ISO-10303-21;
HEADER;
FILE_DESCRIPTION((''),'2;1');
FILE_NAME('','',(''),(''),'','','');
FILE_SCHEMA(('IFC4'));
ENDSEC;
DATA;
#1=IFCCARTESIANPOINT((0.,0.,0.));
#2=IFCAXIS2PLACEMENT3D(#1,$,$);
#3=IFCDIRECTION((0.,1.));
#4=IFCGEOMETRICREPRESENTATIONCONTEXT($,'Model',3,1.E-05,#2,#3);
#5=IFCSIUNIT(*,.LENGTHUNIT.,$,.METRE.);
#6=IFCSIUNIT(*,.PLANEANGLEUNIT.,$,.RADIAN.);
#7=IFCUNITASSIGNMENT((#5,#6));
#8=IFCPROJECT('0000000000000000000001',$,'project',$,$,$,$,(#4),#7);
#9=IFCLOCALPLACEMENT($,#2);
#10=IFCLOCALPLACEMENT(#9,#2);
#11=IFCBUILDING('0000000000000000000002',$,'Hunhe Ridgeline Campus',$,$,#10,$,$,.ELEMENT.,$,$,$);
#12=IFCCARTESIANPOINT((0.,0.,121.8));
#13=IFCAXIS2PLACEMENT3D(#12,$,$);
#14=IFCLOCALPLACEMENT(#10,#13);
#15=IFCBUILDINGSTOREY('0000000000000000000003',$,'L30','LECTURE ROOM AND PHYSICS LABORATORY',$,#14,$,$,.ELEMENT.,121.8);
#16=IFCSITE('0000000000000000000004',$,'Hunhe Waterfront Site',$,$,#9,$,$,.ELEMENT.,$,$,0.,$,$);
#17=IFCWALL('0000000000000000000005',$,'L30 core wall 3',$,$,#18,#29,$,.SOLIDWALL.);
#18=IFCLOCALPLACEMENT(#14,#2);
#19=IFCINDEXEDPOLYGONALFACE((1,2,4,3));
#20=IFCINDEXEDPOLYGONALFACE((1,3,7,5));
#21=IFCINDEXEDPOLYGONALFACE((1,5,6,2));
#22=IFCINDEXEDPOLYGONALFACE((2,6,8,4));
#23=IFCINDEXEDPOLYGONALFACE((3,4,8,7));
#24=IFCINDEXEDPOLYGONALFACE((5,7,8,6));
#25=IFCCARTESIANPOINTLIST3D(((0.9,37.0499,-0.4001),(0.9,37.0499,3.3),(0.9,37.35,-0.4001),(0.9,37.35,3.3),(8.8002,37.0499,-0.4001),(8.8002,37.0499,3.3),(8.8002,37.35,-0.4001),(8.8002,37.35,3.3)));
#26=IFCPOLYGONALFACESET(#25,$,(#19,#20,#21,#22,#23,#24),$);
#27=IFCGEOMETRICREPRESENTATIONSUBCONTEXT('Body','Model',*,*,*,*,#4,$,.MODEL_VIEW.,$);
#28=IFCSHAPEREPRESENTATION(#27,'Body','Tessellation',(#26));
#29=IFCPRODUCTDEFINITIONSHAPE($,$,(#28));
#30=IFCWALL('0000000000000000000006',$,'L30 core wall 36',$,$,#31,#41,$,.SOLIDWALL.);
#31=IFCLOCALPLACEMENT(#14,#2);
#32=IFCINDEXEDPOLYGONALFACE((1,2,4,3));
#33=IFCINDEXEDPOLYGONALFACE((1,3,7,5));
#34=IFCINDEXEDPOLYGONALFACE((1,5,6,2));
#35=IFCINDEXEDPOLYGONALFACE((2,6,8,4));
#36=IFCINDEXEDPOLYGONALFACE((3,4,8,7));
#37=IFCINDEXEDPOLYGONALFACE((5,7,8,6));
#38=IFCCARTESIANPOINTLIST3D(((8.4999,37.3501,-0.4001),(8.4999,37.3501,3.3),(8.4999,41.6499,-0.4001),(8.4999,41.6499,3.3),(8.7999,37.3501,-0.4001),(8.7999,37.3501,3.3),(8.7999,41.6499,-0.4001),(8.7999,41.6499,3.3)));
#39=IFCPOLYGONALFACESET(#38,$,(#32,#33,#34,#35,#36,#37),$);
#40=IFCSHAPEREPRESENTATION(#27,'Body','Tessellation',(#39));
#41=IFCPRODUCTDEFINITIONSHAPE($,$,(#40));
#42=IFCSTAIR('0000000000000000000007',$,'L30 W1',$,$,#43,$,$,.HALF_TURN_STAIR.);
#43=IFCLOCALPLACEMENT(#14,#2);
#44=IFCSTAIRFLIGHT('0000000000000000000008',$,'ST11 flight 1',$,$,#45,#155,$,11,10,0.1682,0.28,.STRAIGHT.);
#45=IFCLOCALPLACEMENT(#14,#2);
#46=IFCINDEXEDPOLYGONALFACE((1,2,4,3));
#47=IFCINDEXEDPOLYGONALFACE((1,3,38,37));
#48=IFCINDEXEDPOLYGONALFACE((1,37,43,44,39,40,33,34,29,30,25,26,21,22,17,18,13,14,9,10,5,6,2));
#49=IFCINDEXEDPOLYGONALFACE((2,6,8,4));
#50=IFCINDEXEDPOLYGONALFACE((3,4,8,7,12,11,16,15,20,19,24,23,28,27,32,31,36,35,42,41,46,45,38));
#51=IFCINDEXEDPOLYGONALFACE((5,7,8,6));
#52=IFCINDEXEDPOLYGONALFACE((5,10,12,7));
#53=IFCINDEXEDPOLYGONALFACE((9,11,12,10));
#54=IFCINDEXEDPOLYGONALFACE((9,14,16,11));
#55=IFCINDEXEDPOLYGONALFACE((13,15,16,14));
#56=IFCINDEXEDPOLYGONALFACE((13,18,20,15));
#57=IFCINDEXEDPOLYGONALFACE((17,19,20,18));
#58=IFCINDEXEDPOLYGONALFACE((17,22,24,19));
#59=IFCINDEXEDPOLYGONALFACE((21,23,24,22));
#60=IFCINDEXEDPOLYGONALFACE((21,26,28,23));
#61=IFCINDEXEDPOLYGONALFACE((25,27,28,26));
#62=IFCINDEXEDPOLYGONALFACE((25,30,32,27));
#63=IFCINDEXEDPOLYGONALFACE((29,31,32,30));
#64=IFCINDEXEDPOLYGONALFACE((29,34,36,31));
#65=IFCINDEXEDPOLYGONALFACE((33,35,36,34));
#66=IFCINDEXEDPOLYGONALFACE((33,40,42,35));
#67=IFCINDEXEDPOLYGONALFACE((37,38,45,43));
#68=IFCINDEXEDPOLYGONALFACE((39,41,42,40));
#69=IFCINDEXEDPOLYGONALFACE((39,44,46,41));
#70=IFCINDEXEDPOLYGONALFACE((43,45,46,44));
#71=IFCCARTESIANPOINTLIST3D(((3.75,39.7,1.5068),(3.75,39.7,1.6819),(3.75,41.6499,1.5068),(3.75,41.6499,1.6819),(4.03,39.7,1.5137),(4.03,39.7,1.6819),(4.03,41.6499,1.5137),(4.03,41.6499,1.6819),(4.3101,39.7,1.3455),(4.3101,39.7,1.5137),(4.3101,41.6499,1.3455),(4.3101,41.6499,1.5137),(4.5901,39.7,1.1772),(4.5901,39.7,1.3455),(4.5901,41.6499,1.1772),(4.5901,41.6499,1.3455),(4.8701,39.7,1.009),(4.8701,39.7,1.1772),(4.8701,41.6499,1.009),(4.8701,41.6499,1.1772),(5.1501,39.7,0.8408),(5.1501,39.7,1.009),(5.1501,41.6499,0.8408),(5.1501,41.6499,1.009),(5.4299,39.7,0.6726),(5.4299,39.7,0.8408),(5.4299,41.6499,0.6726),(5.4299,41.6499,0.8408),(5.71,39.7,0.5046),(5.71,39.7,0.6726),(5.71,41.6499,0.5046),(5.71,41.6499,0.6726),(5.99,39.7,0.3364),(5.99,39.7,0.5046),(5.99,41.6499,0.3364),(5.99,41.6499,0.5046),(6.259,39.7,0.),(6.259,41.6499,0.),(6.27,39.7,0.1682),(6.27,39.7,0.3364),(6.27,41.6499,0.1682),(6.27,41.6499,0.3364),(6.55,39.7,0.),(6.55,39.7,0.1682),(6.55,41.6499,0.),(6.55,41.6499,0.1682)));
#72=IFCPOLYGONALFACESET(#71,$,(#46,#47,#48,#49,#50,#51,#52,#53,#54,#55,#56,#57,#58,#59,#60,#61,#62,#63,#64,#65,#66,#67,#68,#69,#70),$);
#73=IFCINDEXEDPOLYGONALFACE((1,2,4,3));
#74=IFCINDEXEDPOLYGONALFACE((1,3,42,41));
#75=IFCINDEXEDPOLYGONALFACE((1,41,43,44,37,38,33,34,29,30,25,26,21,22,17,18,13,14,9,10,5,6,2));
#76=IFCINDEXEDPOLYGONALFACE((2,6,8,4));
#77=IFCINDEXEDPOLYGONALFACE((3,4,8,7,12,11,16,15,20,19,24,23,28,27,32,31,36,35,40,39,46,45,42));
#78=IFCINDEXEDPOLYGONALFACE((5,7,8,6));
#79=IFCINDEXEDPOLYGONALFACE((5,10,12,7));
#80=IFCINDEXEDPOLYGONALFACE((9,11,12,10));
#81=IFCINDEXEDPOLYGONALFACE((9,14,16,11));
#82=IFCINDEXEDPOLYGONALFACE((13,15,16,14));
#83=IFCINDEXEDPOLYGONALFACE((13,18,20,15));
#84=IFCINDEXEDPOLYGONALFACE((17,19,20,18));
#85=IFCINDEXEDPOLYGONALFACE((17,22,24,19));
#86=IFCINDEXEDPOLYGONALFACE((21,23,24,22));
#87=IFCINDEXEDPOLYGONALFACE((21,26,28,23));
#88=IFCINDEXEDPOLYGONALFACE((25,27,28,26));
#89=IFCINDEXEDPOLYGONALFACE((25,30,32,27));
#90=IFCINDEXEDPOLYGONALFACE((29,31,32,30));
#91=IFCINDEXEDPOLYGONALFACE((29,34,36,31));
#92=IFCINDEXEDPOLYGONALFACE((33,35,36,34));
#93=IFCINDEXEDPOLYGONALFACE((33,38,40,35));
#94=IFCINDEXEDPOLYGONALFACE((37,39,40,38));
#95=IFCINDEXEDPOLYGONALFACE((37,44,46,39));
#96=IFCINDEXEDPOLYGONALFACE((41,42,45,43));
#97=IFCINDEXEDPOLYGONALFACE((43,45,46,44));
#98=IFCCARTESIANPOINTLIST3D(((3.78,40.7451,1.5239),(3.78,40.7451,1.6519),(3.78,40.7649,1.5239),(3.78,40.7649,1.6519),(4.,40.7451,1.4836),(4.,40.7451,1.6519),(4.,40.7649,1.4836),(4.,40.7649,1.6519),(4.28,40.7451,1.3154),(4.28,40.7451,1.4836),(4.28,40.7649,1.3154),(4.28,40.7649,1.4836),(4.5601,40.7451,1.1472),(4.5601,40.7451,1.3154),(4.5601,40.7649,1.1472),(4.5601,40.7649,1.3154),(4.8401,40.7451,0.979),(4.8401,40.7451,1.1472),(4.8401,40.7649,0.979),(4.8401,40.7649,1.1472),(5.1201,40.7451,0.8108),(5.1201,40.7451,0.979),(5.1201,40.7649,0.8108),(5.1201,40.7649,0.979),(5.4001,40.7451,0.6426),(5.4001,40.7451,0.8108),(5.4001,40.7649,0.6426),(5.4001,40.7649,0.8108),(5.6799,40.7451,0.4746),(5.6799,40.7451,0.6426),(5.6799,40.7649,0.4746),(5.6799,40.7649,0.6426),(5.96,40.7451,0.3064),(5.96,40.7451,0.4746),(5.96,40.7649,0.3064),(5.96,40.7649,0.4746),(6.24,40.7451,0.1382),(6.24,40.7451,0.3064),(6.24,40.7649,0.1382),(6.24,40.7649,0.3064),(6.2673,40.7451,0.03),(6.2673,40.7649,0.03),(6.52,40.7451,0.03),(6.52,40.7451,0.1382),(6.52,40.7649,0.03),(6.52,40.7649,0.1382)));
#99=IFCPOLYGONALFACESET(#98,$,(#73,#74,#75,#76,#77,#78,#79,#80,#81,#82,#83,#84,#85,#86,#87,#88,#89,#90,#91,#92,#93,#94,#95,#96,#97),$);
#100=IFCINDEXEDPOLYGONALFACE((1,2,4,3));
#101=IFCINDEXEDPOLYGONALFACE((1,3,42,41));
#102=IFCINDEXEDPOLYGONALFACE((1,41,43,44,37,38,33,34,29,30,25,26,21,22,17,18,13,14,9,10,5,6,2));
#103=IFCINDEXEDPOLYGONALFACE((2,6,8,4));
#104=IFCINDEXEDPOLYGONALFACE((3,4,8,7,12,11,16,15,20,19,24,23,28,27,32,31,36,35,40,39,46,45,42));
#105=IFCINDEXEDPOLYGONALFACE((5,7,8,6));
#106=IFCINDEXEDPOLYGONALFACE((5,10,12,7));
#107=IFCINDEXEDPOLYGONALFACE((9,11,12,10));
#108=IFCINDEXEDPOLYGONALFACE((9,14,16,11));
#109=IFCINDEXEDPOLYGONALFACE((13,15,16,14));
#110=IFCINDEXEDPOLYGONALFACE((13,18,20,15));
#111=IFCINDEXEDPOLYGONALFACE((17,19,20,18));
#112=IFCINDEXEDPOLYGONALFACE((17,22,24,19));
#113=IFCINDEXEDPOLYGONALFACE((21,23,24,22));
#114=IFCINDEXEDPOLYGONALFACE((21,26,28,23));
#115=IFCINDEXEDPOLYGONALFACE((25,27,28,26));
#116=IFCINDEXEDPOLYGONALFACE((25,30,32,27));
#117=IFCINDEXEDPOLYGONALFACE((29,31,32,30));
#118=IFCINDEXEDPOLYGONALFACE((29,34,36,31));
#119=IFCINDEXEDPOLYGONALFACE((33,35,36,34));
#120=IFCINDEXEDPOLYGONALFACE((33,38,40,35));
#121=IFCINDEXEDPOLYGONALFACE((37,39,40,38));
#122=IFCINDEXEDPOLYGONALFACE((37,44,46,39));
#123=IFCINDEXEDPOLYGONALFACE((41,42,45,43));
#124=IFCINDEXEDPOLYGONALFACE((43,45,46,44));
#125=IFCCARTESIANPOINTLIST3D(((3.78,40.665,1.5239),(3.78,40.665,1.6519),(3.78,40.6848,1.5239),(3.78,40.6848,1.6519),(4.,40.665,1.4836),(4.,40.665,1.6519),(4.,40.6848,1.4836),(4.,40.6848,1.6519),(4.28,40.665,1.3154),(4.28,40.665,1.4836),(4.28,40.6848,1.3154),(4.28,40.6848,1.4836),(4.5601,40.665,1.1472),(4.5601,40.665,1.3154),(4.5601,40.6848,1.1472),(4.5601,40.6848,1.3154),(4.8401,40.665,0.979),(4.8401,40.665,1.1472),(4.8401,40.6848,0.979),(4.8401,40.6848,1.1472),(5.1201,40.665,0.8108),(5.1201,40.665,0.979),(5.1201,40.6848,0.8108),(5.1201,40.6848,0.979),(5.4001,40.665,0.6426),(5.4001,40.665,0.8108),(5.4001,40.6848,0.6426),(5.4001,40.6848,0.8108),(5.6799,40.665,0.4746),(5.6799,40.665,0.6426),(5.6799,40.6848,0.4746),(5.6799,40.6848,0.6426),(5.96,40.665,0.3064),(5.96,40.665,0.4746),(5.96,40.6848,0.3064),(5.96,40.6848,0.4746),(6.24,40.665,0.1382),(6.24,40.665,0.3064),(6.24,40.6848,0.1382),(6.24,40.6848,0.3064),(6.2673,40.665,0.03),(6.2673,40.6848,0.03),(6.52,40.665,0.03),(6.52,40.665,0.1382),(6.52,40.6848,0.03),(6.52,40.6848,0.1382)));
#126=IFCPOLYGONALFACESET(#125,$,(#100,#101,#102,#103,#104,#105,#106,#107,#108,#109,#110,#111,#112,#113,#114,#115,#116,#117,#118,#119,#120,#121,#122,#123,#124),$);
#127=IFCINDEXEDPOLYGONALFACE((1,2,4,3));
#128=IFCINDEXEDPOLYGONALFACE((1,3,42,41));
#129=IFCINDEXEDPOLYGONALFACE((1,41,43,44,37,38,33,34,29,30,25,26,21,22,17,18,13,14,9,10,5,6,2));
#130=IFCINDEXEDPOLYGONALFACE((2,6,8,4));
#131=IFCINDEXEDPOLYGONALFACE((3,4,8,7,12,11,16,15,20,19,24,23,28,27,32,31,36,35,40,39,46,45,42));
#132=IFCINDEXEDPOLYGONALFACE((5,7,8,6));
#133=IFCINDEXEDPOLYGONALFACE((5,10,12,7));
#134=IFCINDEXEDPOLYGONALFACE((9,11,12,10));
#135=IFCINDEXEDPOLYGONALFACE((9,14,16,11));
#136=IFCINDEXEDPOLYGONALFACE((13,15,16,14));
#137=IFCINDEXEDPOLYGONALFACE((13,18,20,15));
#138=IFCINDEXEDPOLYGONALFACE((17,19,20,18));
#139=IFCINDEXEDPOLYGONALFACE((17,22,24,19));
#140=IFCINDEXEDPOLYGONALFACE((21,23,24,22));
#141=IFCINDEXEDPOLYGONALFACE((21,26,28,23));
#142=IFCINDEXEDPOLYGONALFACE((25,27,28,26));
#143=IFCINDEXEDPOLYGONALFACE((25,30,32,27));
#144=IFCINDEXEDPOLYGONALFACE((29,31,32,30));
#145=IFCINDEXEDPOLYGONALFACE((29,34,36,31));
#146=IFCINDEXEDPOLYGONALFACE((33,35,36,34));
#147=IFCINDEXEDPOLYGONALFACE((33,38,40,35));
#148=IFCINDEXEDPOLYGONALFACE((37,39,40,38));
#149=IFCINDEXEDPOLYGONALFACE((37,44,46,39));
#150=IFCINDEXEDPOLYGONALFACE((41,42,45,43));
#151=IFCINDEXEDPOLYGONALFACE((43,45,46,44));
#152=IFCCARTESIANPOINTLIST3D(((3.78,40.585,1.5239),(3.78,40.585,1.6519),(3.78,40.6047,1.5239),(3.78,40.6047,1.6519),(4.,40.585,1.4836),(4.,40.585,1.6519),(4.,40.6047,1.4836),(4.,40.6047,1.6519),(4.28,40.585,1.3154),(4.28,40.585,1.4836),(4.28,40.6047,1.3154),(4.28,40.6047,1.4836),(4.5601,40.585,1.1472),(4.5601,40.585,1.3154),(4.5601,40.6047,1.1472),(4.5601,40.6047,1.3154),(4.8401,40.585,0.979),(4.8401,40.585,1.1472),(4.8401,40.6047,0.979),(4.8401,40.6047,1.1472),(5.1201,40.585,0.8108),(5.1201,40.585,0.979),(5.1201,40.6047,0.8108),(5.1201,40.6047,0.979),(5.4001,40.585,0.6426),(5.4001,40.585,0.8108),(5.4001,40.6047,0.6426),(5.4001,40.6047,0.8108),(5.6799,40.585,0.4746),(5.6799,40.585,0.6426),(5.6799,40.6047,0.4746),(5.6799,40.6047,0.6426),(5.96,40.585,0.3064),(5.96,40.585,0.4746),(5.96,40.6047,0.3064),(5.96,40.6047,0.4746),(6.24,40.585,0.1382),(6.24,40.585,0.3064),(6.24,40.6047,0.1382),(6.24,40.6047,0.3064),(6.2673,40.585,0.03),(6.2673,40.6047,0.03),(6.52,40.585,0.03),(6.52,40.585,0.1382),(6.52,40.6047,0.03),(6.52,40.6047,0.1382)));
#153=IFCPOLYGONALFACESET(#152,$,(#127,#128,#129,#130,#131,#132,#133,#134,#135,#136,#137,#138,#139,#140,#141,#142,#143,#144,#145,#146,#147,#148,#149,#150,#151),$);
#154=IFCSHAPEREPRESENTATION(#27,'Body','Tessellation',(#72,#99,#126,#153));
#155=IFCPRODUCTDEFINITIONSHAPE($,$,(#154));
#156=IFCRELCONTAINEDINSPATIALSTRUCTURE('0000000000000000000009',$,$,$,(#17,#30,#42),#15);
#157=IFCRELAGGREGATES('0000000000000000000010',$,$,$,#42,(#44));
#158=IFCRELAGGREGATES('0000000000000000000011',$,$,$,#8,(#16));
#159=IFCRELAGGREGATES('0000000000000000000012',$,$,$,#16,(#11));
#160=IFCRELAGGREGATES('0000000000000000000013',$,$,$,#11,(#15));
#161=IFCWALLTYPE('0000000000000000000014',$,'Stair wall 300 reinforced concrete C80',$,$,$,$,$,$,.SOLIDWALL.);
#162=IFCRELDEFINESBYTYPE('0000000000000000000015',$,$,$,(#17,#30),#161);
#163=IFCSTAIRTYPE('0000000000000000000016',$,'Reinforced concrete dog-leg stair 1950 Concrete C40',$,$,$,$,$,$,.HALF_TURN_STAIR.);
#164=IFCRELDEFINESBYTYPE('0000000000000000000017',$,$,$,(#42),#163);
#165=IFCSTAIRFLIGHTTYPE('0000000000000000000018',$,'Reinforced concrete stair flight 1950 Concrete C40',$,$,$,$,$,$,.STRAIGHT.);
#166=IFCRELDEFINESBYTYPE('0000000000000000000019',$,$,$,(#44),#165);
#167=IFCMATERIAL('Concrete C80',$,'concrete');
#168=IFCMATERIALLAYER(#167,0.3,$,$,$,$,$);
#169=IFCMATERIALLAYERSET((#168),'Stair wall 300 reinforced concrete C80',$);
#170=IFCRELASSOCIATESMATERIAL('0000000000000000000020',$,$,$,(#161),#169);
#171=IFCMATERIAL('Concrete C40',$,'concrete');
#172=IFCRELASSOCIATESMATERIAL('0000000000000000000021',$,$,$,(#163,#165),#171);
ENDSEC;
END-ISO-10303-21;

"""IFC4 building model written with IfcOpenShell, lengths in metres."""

from ifc_helpers import new_model, si_unit, direction, frame, frame_2d, origin, place, context, subcontext, project, spatial, polyline, rectangle, outline, extrude, material, layer, layer_set, type_object, element, aggregate, save


model = new_model("IFC4")

# Units and contexts
model_context = context("Model", 3, precision=1e-05, world=origin(), true_north=direction((0.0, 1.0)))
body_context = subcontext(model_context, "Body", "Model", "MODEL_VIEW")
ifc_project = project(units=[si_unit("LENGTHUNIT", "METRE"), si_unit("PLANEANGLEUNIT", "RADIAN")], contexts=[model_context])

# Site, building, storey
site_placement = place(None, origin())
site = spatial("IfcSite", under=ifc_project, at=site_placement, Name="Hunhe Waterfront Site", CompositionType="ELEMENT", RefElevation=0.0)
building_placement = place(site_placement, origin())
building = spatial("IfcBuilding", under=site, at=building_placement, Name="Hunhe Ridgeline Campus", CompositionType="ELEMENT")
storey_placement = place(building_placement, frame((0.0, 0.0, 121.8)))
storey = spatial("IfcBuildingStorey", under=building, at=storey_placement, Name="L30", Description="LECTURE ROOM AND PHYSICS LABORATORY", CompositionType="ELEMENT", Elevation=121.8)

# Wall
ifc_material_1 = material(Name="Concrete C80", Category="concrete")
ifc_layer_1 = layer(ifc_material_1, 0.3)
ifc_layer_set_1 = layer_set([ifc_layer_1], Name="Stair wall 300 reinforced concrete C80")
wall_type_1 = type_object("IfcWallType", Name="Stair wall 300 reinforced concrete C80", PredefinedType="SOLIDWALL", material=ifc_layer_set_1)
wall_1_placement = place(storey_placement, frame((0.8999, 37.2, -0.4001), z_axis=(0.0, 0.0, 1.0), x_axis=(1.0, 0.0, 0.0)))
element("IfcWall", 1, at=wall_1_placement, inside=storey, type_object=wall_type_1, Name="L30 core wall 3", PredefinedType="SOLIDWALL", context=body_context, shape_type="SweptSolid", body=[
    extrude(rectangle(XDim=7.9001, YDim=0.3, at=frame_2d((3.9502, 0.0))), origin(), (0.0, 0.0, 1.0), 3.7002),
])

# Wall
wall_2_placement = place(storey_placement, frame((8.6499, 37.3501, -0.4001), z_axis=(0.0, 0.0, 1.0), x_axis=(0.0, 1.0, 0.0)))
element("IfcWall", 2, at=wall_2_placement, inside=storey, type_object=wall_type_1, Name="L30 core wall 36", PredefinedType="SOLIDWALL", context=body_context, shape_type="SweptSolid", body=[
    extrude(rectangle(XDim=4.2998, YDim=0.3, at=frame_2d((2.1499, 0.0))), origin(), (0.0, 0.0, 1.0), 3.7002),
])

# Stair, stair flight
ifc_material_2 = material(Name="Concrete C40", Category="concrete")
stair_type = type_object("IfcStairType", Name="Reinforced concrete dog-leg stair 1950 Concrete C40", PredefinedType="HALF_TURN_STAIR", material=ifc_material_2)
stair_placement = place(storey_placement, origin())
stair = element("IfcStair", 3, at=stair_placement, inside=storey, type_object=stair_type, Name="L30 W1", PredefinedType="HALF_TURN_STAIR")
stair_flight_type = type_object("IfcStairFlightType", Name="Reinforced concrete stair flight 1950 Concrete C40", PredefinedType="STRAIGHT", material=ifc_material_2)
stair_flight_1_placement = place(storey_placement, frame((6.55, 40.675, 0.0), z_axis=(0.0, 0.0, 1.0), x_axis=(-1.0, 0.0, 0.0)))
stair_flight_1 = element("IfcStairFlight", 4, at=stair_flight_1_placement, type_object=stair_flight_type, Name="ST11 flight 1", NumberOfRisers=11, NumberOfTreads=10, PredefinedType="STRAIGHT", RiserHeight=0.1682, TreadLength=0.28, context=body_context, shape_type="SweptSolid", body=[
    extrude(outline(polyline([(0.0, 0.0), (0.0, 0.1682), (0.28, 0.1682), (0.28, 0.3364), (0.5601, 0.3364), (0.5601, 0.5046), (0.8401, 0.5046), (0.8401, 0.6726), (1.1201, 0.6726), (1.1201, 0.8408), (1.3999, 0.8408), (1.3999, 1.009), (1.6799, 1.009), (1.6799, 1.1772), (1.96, 1.1772), (1.96, 1.3455), (2.24, 1.3455), (2.24, 1.5137), (2.52, 1.5137), (2.52, 1.6819), (2.8, 1.6819), (2.8, 1.8501), (2.8, 1.5068), (0.291, 0.0), (0.0, 0.0)])), frame((0.0, 0.9751, 0.0), z_axis=(0.0, -1.0, 0.0), x_axis=(1.0, 0.0, 0.0)), (0.0, 0.0, 1.0), 1.95),
    extrude(outline(polyline([(0.03, 0.03), (0.03, 0.1382), (0.3101, 0.1382), (0.3101, 0.3064), (0.5901, 0.3064), (0.5901, 0.4746), (0.8701, 0.4746), (0.8701, 0.6426), (1.1499, 0.6426), (1.1499, 0.8108), (1.4299, 0.8108), (1.4299, 0.979), (1.71, 0.979), (1.71, 1.1472), (1.99, 1.1472), (1.99, 1.3154), (2.27, 1.3154), (2.27, 1.4836), (2.55, 1.4836), (2.55, 1.6519), (2.77, 1.6519), (2.77, 1.5239), (0.2827, 0.03), (0.03, 0.03)])), frame((0.0, -0.0701, 0.0), z_axis=(0.0, -1.0, 0.0), x_axis=(1.0, 0.0, 0.0)), (0.0, 0.0, 1.0), 0.0198),
    extrude(outline(polyline([(0.03, 0.03), (0.03, 0.1382), (0.3101, 0.1382), (0.3101, 0.3064), (0.5901, 0.3064), (0.5901, 0.4746), (0.8701, 0.4746), (0.8701, 0.6426), (1.1499, 0.6426), (1.1499, 0.8108), (1.4299, 0.8108), (1.4299, 0.979), (1.71, 0.979), (1.71, 1.1472), (1.99, 1.1472), (1.99, 1.3154), (2.27, 1.3154), (2.27, 1.4836), (2.55, 1.4836), (2.55, 1.6519), (2.77, 1.6519), (2.77, 1.5239), (0.2827, 0.03), (0.03, 0.03)])), frame((0.0, 0.01, 0.0), z_axis=(0.0, -1.0, 0.0), x_axis=(1.0, 0.0, 0.0)), (0.0, 0.0, 1.0), 0.0198),
    extrude(outline(polyline([(0.03, 0.03), (0.03, 0.1382), (0.3101, 0.1382), (0.3101, 0.3064), (0.5901, 0.3064), (0.5901, 0.4746), (0.8701, 0.4746), (0.8701, 0.6426), (1.1499, 0.6426), (1.1499, 0.8108), (1.4299, 0.8108), (1.4299, 0.979), (1.71, 0.979), (1.71, 1.1472), (1.99, 1.1472), (1.99, 1.3154), (2.27, 1.3154), (2.27, 1.4836), (2.55, 1.4836), (2.55, 1.6519), (2.77, 1.6519), (2.77, 1.5239), (0.2827, 0.03), (0.03, 0.03)])), frame((0.0, 0.0901, 0.0), z_axis=(0.0, -1.0, 0.0), x_axis=(1.0, 0.0, 0.0)), (0.0, 0.0, 1.0), 0.0198),
])
aggregate(stair, [stair_flight_1])

save(model, "model.ifc")
